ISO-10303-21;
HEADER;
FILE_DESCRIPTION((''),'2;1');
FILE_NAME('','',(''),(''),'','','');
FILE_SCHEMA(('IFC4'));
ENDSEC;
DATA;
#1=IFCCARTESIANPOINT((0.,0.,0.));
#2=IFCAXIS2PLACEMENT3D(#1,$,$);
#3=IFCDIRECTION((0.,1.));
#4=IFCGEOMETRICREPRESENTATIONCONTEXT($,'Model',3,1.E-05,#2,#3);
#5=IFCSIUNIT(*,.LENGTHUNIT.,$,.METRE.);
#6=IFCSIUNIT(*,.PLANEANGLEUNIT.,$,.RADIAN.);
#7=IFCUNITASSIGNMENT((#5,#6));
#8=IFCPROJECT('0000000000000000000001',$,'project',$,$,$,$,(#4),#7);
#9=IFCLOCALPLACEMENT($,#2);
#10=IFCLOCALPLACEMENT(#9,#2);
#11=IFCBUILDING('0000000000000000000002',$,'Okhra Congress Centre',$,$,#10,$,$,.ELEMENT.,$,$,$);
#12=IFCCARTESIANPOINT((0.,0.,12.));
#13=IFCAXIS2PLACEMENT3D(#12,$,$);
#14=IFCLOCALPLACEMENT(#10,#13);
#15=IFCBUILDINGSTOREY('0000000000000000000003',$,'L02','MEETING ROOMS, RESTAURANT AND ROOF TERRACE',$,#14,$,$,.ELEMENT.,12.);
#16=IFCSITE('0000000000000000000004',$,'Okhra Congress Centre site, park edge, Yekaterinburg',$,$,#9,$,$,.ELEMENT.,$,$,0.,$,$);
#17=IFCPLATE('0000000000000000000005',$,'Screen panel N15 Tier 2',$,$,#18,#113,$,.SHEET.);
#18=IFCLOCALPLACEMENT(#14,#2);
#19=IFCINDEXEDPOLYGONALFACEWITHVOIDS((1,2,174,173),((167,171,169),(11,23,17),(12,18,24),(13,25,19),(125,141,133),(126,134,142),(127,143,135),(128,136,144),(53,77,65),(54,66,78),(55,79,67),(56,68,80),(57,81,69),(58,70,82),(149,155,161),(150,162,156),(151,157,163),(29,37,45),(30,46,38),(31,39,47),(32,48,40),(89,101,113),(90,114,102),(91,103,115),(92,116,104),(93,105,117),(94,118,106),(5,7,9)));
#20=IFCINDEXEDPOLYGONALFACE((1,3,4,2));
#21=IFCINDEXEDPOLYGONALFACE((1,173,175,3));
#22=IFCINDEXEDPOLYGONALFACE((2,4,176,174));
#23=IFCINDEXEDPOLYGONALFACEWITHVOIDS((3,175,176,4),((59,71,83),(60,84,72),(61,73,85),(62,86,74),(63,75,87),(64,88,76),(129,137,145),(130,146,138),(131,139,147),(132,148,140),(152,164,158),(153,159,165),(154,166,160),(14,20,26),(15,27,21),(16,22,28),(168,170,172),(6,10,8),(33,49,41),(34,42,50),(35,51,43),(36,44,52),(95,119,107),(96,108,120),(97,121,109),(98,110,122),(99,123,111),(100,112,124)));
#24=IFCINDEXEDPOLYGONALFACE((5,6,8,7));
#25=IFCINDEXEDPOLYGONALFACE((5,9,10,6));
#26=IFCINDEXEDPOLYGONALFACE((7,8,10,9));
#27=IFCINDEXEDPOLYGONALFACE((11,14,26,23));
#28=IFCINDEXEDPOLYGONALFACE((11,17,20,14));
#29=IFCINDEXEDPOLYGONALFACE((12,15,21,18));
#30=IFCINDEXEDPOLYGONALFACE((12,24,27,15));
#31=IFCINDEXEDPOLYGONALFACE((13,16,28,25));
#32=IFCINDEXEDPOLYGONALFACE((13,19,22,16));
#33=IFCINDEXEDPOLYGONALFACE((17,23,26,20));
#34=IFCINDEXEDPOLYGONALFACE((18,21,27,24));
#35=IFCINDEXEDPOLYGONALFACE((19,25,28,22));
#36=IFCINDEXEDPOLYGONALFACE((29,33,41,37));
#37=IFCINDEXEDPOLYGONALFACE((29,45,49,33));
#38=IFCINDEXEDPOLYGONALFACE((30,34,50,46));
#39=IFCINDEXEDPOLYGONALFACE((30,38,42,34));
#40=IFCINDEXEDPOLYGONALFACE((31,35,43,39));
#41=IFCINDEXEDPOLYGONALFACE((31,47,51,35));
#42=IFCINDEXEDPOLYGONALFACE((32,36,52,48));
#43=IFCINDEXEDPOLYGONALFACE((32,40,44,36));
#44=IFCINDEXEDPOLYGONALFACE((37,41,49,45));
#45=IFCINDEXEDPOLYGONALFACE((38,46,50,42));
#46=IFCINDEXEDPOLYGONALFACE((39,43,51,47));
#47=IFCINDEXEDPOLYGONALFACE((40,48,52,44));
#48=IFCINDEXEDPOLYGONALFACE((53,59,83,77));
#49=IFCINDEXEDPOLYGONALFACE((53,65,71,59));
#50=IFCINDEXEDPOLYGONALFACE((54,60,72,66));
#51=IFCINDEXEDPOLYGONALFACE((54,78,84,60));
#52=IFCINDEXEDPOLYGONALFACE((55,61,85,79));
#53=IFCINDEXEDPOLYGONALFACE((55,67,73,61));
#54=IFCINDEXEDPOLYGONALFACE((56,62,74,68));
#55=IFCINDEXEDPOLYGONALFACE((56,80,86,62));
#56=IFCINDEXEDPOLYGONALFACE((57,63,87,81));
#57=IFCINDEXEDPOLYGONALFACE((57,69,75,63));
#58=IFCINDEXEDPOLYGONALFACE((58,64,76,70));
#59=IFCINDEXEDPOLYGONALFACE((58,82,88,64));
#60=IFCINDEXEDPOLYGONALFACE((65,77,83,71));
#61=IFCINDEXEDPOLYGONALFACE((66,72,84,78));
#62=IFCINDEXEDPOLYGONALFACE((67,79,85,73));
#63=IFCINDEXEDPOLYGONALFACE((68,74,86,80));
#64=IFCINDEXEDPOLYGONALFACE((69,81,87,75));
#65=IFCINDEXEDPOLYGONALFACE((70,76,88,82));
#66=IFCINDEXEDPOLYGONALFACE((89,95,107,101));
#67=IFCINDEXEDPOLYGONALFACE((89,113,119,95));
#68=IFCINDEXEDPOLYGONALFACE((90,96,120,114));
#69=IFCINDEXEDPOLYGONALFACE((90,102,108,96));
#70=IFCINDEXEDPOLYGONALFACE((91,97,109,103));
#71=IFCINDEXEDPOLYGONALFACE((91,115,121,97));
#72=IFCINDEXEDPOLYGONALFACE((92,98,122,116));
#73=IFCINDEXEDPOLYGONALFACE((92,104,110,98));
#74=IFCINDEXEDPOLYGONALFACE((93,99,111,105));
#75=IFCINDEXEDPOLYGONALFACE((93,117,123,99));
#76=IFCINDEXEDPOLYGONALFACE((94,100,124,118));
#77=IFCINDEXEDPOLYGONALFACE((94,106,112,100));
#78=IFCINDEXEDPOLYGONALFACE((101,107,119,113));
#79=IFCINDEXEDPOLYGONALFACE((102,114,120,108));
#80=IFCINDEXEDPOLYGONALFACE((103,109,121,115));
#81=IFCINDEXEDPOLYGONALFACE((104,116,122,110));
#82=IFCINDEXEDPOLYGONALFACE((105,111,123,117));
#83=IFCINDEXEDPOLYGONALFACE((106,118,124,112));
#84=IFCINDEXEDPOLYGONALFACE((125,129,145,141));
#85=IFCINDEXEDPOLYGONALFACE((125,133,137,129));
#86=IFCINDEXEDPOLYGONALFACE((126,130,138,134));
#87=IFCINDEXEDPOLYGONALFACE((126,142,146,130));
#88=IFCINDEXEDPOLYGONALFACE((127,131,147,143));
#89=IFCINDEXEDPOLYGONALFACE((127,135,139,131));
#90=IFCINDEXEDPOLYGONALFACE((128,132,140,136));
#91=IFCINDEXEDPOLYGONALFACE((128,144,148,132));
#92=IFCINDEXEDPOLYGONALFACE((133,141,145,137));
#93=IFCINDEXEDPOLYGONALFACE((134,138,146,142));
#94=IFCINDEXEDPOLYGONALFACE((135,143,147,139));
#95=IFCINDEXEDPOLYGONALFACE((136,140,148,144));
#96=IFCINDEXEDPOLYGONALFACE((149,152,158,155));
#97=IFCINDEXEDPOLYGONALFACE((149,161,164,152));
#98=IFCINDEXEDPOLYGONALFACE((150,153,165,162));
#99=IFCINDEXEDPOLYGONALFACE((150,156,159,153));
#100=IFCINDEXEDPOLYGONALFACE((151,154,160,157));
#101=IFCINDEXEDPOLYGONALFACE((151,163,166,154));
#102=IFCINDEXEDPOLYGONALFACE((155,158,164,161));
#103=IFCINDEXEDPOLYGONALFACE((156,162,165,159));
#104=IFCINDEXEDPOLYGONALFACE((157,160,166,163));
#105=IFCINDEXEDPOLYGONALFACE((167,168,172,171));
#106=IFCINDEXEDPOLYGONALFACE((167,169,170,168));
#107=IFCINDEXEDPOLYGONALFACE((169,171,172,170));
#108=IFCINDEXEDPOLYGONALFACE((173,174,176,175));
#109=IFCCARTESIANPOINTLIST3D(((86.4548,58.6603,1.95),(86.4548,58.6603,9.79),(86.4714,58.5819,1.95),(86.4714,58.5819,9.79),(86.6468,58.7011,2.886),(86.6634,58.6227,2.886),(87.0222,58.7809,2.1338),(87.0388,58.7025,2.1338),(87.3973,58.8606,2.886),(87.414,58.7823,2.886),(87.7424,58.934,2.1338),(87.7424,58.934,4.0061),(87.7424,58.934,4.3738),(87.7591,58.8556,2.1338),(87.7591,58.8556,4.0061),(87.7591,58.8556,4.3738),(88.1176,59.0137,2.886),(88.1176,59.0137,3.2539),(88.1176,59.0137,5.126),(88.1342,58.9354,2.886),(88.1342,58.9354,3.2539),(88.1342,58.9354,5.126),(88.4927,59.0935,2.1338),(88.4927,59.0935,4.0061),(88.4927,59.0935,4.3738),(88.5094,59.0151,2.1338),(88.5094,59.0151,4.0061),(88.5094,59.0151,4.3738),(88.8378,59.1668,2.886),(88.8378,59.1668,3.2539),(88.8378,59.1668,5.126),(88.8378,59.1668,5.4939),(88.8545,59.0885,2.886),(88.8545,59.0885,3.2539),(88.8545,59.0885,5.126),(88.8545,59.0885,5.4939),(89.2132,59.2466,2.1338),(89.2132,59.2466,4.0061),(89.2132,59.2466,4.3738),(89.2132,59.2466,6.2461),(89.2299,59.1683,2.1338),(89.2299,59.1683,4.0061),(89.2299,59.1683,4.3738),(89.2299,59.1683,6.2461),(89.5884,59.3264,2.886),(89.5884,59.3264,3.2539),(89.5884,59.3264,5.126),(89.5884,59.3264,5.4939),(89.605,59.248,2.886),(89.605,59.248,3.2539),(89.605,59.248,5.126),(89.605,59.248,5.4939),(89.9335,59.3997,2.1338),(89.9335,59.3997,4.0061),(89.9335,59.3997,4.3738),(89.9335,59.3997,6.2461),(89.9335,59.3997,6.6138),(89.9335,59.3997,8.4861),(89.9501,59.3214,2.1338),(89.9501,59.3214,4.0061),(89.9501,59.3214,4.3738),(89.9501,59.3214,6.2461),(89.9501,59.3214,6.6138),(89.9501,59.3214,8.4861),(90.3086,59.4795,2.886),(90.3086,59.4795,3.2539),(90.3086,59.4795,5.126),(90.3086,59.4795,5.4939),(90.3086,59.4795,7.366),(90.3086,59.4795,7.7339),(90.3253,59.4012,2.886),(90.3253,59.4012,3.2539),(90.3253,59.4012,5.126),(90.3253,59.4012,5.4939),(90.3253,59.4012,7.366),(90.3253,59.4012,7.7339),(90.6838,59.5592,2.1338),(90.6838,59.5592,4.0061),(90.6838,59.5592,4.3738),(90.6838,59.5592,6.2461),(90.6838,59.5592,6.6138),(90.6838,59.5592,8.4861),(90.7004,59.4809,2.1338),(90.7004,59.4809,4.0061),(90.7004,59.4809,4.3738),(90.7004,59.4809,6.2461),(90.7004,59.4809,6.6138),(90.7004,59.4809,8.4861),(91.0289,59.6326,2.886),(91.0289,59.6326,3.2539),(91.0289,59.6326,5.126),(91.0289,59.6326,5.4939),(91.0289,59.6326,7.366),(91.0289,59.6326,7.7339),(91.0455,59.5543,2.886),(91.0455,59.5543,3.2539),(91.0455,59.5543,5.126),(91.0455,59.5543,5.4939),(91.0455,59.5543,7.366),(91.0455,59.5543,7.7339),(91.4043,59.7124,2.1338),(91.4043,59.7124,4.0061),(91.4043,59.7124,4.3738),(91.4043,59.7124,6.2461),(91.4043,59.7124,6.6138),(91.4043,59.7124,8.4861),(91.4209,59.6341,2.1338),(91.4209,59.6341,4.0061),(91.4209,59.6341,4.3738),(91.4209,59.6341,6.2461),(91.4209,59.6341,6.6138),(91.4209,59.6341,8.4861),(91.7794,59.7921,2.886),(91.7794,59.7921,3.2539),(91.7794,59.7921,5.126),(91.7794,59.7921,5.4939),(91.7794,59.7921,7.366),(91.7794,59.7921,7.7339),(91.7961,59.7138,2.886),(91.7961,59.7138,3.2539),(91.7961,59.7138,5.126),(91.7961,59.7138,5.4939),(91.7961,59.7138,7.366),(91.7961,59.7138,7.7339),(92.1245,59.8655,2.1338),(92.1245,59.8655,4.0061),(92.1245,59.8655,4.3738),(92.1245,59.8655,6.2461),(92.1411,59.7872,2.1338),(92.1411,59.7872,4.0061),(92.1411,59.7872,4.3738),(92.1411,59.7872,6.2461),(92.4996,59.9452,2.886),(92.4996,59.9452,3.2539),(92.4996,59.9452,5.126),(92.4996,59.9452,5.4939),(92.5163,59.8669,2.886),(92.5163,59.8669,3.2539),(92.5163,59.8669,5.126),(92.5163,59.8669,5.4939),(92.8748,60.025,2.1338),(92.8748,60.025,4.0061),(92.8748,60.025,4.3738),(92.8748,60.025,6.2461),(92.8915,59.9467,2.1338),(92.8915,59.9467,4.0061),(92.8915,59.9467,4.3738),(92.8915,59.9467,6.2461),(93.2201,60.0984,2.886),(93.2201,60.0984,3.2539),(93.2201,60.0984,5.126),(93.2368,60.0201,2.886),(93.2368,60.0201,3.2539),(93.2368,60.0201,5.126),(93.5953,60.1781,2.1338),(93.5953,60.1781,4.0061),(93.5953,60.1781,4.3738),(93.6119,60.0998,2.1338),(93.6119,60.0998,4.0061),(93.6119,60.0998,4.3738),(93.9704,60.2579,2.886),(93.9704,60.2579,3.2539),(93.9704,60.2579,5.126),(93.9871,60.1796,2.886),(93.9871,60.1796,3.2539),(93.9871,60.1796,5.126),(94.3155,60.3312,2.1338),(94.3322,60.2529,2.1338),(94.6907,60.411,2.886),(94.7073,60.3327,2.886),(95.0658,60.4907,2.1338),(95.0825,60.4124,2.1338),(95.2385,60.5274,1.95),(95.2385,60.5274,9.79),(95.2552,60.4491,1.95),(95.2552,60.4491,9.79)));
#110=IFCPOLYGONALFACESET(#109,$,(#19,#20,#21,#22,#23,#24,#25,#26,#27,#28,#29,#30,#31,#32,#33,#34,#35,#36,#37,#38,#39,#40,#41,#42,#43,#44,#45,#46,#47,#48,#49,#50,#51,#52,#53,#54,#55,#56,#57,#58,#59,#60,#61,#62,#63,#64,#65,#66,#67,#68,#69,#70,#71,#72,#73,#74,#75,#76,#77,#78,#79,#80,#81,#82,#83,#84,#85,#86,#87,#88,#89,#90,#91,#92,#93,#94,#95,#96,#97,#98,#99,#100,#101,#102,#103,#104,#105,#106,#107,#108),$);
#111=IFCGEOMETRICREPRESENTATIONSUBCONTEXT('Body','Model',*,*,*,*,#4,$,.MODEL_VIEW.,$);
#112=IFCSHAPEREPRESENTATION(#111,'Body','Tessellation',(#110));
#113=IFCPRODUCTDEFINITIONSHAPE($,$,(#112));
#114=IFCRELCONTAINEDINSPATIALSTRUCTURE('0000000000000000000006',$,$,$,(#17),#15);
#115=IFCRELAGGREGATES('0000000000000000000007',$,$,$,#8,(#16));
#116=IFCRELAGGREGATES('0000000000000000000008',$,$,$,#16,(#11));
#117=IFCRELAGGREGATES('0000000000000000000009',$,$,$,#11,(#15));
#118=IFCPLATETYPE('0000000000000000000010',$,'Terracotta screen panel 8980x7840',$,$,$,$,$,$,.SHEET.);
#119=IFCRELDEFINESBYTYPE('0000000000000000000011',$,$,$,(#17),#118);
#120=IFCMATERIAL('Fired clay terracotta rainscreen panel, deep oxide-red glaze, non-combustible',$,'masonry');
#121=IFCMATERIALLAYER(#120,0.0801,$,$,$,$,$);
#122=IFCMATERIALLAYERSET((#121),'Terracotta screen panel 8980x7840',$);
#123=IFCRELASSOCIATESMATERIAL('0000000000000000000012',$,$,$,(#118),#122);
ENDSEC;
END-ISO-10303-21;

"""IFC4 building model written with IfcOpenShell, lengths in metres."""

from ifc_helpers import new_model, si_unit, direction, frame, origin, place, context, subcontext, project, spatial, polyline, outline, extrude, material, layer, layer_set, type_object, element, save


model = new_model("IFC4")

# Units and contexts
model_context = context("Model", 3, precision=1e-05, world=origin(), true_north=direction((0.0, 1.0)))
body_context = subcontext(model_context, "Body", "Model", "MODEL_VIEW")
ifc_project = project(units=[si_unit("LENGTHUNIT", "METRE"), si_unit("PLANEANGLEUNIT", "RADIAN")], contexts=[model_context])

# Site, building, storey
site_placement = place(None, origin())
site = spatial("IfcSite", under=ifc_project, at=site_placement, Name="Okhra Congress Centre site, park edge, Yekaterinburg", CompositionType="ELEMENT", RefElevation=0.0)
building_placement = place(site_placement, origin())
building = spatial("IfcBuilding", under=site, at=building_placement, Name="Okhra Congress Centre", CompositionType="ELEMENT")
storey_placement = place(building_placement, frame((0.0, 0.0, 12.0)))
storey = spatial("IfcBuildingStorey", under=building, at=storey_placement, Name="L02", Description="MEETING ROOMS, RESTAURANT AND ROOF TERRACE", CompositionType="ELEMENT", Elevation=12.0)

# Plate
ifc_material_1 = material(Name="Fired clay terracotta rainscreen panel, deep oxide-red glaze, non-combustible", Category="masonry")
ifc_layer_1 = layer(ifc_material_1, 0.0801)
ifc_layer_set_1 = layer_set([ifc_layer_1], Name="Terracotta screen panel 8980x7840")
plate_type_1 = type_object("IfcPlateType", Name="Terracotta screen panel 8980x7840", PredefinedType="SHEET", material=ifc_layer_set_1)
plate_1_placement = place(storey_placement, frame((95.2468, 60.4883, 1.95), z_axis=(0.0, 0.0, 1.0), x_axis=(-0.978144, -0.207928, 0.0)))
element("IfcPlate", 1, at=plate_1_placement, inside=storey, type_object=plate_type_1, Name="Screen panel N15 Tier 2", PredefinedType="SHEET", context=body_context, shape_type="SweptSolid", body=[
    extrude(outline(polyline([(0.0, 0.0), (8.98, 0.0), (8.98, 7.8401), (0.0, 7.8401), (0.0, 0.0)]), holes=[polyline([(0.1765, 0.1838), (0.9436, 0.1838), (0.5601, 0.936), (0.1765, 0.1838)]), polyline([(1.2964, 0.936), (1.6799, 0.1838), (2.0635, 0.936), (1.2964, 0.936)]), polyline([(2.4165, 0.1838), (3.1836, 0.1838), (2.8, 0.936), (2.4165, 0.1838)]), polyline([(3.5364, 0.936), (3.9199, 0.1838), (4.3037, 0.936), (3.5364, 0.936)]), polyline([(4.6565, 0.1838), (5.4236, 0.1838), (5.04, 0.936), (4.6565, 0.1838)]), polyline([(5.7764, 0.936), (6.1599, 0.1838), (6.5437, 0.936), (5.7764, 0.936)]), polyline([(6.8965, 0.1838), (7.6636, 0.1838), (7.28, 0.936), (6.8965, 0.1838)]), polyline([(8.0164, 0.936), (8.3999, 0.1838), (8.7837, 0.936), (8.0164, 0.936)]), polyline([(1.2964, 1.304), (2.0635, 1.304), (1.6799, 2.0562), (1.2964, 1.304)]), polyline([(2.4165, 2.0562), (2.8, 1.304), (3.1836, 2.0562), (2.4165, 2.0562)]), polyline([(3.5364, 1.304), (4.3037, 1.304), (3.9199, 2.0562), (3.5364, 1.304)]), polyline([(4.6565, 2.0562), (5.04, 1.304), (5.4236, 2.0562), (4.6565, 2.0562)]), polyline([(5.7764, 1.304), (6.5437, 1.304), (6.1599, 2.0562), (5.7764, 1.304)]), polyline([(6.8965, 2.0562), (7.28, 1.304), (7.6636, 2.0562), (6.8965, 2.0562)]), polyline([(1.2964, 3.176), (1.6799, 2.4238), (2.0635, 3.176), (1.2964, 3.176)]), polyline([(2.4165, 2.4238), (3.1836, 2.4238), (2.8, 3.176), (2.4165, 2.4238)]), polyline([(3.5364, 3.176), (3.9199, 2.4238), (4.3037, 3.176), (3.5364, 3.176)]), polyline([(4.6565, 2.4238), (5.4236, 2.4238), (5.04, 3.176), (4.6565, 2.4238)]), polyline([(5.7764, 3.176), (6.1599, 2.4238), (6.5437, 3.176), (5.7764, 3.176)]), polyline([(6.8965, 2.4238), (7.6636, 2.4238), (7.28, 3.176), (6.8965, 2.4238)]), polyline([(2.4165, 4.2961), (2.8, 3.5439), (3.1836, 4.2961), (2.4165, 4.2961)]), polyline([(3.5364, 3.5439), (4.3037, 3.5439), (3.9199, 4.2961), (3.5364, 3.5439)]), polyline([(4.6565, 4.2961), (5.04, 3.5439), (5.4236, 4.2961), (4.6565, 4.2961)]), polyline([(5.7764, 3.5439), (6.5437, 3.5439), (6.1599, 4.2961), (5.7764, 3.5439)]), polyline([(3.5364, 5.416), (3.9199, 4.6638), (4.3037, 5.416), (3.5364, 5.416)]), polyline([(4.6565, 4.6638), (5.4236, 4.6638), (5.04, 5.416), (4.6565, 4.6638)]), polyline([(3.5364, 5.7839), (4.3037, 5.7839), (3.9199, 6.5361), (3.5364, 5.7839)]), polyline([(4.6565, 6.5361), (5.04, 5.7839), (5.4236, 6.5361), (4.6565, 6.5361)])]), frame((0.0, 0.04, 0.0), z_axis=(0.0, -1.0, 0.0), x_axis=(1.0, 0.0, 0.0)), (0.0, 0.0, 1.0), 0.0801),
])

save(model, "model.ifc")
